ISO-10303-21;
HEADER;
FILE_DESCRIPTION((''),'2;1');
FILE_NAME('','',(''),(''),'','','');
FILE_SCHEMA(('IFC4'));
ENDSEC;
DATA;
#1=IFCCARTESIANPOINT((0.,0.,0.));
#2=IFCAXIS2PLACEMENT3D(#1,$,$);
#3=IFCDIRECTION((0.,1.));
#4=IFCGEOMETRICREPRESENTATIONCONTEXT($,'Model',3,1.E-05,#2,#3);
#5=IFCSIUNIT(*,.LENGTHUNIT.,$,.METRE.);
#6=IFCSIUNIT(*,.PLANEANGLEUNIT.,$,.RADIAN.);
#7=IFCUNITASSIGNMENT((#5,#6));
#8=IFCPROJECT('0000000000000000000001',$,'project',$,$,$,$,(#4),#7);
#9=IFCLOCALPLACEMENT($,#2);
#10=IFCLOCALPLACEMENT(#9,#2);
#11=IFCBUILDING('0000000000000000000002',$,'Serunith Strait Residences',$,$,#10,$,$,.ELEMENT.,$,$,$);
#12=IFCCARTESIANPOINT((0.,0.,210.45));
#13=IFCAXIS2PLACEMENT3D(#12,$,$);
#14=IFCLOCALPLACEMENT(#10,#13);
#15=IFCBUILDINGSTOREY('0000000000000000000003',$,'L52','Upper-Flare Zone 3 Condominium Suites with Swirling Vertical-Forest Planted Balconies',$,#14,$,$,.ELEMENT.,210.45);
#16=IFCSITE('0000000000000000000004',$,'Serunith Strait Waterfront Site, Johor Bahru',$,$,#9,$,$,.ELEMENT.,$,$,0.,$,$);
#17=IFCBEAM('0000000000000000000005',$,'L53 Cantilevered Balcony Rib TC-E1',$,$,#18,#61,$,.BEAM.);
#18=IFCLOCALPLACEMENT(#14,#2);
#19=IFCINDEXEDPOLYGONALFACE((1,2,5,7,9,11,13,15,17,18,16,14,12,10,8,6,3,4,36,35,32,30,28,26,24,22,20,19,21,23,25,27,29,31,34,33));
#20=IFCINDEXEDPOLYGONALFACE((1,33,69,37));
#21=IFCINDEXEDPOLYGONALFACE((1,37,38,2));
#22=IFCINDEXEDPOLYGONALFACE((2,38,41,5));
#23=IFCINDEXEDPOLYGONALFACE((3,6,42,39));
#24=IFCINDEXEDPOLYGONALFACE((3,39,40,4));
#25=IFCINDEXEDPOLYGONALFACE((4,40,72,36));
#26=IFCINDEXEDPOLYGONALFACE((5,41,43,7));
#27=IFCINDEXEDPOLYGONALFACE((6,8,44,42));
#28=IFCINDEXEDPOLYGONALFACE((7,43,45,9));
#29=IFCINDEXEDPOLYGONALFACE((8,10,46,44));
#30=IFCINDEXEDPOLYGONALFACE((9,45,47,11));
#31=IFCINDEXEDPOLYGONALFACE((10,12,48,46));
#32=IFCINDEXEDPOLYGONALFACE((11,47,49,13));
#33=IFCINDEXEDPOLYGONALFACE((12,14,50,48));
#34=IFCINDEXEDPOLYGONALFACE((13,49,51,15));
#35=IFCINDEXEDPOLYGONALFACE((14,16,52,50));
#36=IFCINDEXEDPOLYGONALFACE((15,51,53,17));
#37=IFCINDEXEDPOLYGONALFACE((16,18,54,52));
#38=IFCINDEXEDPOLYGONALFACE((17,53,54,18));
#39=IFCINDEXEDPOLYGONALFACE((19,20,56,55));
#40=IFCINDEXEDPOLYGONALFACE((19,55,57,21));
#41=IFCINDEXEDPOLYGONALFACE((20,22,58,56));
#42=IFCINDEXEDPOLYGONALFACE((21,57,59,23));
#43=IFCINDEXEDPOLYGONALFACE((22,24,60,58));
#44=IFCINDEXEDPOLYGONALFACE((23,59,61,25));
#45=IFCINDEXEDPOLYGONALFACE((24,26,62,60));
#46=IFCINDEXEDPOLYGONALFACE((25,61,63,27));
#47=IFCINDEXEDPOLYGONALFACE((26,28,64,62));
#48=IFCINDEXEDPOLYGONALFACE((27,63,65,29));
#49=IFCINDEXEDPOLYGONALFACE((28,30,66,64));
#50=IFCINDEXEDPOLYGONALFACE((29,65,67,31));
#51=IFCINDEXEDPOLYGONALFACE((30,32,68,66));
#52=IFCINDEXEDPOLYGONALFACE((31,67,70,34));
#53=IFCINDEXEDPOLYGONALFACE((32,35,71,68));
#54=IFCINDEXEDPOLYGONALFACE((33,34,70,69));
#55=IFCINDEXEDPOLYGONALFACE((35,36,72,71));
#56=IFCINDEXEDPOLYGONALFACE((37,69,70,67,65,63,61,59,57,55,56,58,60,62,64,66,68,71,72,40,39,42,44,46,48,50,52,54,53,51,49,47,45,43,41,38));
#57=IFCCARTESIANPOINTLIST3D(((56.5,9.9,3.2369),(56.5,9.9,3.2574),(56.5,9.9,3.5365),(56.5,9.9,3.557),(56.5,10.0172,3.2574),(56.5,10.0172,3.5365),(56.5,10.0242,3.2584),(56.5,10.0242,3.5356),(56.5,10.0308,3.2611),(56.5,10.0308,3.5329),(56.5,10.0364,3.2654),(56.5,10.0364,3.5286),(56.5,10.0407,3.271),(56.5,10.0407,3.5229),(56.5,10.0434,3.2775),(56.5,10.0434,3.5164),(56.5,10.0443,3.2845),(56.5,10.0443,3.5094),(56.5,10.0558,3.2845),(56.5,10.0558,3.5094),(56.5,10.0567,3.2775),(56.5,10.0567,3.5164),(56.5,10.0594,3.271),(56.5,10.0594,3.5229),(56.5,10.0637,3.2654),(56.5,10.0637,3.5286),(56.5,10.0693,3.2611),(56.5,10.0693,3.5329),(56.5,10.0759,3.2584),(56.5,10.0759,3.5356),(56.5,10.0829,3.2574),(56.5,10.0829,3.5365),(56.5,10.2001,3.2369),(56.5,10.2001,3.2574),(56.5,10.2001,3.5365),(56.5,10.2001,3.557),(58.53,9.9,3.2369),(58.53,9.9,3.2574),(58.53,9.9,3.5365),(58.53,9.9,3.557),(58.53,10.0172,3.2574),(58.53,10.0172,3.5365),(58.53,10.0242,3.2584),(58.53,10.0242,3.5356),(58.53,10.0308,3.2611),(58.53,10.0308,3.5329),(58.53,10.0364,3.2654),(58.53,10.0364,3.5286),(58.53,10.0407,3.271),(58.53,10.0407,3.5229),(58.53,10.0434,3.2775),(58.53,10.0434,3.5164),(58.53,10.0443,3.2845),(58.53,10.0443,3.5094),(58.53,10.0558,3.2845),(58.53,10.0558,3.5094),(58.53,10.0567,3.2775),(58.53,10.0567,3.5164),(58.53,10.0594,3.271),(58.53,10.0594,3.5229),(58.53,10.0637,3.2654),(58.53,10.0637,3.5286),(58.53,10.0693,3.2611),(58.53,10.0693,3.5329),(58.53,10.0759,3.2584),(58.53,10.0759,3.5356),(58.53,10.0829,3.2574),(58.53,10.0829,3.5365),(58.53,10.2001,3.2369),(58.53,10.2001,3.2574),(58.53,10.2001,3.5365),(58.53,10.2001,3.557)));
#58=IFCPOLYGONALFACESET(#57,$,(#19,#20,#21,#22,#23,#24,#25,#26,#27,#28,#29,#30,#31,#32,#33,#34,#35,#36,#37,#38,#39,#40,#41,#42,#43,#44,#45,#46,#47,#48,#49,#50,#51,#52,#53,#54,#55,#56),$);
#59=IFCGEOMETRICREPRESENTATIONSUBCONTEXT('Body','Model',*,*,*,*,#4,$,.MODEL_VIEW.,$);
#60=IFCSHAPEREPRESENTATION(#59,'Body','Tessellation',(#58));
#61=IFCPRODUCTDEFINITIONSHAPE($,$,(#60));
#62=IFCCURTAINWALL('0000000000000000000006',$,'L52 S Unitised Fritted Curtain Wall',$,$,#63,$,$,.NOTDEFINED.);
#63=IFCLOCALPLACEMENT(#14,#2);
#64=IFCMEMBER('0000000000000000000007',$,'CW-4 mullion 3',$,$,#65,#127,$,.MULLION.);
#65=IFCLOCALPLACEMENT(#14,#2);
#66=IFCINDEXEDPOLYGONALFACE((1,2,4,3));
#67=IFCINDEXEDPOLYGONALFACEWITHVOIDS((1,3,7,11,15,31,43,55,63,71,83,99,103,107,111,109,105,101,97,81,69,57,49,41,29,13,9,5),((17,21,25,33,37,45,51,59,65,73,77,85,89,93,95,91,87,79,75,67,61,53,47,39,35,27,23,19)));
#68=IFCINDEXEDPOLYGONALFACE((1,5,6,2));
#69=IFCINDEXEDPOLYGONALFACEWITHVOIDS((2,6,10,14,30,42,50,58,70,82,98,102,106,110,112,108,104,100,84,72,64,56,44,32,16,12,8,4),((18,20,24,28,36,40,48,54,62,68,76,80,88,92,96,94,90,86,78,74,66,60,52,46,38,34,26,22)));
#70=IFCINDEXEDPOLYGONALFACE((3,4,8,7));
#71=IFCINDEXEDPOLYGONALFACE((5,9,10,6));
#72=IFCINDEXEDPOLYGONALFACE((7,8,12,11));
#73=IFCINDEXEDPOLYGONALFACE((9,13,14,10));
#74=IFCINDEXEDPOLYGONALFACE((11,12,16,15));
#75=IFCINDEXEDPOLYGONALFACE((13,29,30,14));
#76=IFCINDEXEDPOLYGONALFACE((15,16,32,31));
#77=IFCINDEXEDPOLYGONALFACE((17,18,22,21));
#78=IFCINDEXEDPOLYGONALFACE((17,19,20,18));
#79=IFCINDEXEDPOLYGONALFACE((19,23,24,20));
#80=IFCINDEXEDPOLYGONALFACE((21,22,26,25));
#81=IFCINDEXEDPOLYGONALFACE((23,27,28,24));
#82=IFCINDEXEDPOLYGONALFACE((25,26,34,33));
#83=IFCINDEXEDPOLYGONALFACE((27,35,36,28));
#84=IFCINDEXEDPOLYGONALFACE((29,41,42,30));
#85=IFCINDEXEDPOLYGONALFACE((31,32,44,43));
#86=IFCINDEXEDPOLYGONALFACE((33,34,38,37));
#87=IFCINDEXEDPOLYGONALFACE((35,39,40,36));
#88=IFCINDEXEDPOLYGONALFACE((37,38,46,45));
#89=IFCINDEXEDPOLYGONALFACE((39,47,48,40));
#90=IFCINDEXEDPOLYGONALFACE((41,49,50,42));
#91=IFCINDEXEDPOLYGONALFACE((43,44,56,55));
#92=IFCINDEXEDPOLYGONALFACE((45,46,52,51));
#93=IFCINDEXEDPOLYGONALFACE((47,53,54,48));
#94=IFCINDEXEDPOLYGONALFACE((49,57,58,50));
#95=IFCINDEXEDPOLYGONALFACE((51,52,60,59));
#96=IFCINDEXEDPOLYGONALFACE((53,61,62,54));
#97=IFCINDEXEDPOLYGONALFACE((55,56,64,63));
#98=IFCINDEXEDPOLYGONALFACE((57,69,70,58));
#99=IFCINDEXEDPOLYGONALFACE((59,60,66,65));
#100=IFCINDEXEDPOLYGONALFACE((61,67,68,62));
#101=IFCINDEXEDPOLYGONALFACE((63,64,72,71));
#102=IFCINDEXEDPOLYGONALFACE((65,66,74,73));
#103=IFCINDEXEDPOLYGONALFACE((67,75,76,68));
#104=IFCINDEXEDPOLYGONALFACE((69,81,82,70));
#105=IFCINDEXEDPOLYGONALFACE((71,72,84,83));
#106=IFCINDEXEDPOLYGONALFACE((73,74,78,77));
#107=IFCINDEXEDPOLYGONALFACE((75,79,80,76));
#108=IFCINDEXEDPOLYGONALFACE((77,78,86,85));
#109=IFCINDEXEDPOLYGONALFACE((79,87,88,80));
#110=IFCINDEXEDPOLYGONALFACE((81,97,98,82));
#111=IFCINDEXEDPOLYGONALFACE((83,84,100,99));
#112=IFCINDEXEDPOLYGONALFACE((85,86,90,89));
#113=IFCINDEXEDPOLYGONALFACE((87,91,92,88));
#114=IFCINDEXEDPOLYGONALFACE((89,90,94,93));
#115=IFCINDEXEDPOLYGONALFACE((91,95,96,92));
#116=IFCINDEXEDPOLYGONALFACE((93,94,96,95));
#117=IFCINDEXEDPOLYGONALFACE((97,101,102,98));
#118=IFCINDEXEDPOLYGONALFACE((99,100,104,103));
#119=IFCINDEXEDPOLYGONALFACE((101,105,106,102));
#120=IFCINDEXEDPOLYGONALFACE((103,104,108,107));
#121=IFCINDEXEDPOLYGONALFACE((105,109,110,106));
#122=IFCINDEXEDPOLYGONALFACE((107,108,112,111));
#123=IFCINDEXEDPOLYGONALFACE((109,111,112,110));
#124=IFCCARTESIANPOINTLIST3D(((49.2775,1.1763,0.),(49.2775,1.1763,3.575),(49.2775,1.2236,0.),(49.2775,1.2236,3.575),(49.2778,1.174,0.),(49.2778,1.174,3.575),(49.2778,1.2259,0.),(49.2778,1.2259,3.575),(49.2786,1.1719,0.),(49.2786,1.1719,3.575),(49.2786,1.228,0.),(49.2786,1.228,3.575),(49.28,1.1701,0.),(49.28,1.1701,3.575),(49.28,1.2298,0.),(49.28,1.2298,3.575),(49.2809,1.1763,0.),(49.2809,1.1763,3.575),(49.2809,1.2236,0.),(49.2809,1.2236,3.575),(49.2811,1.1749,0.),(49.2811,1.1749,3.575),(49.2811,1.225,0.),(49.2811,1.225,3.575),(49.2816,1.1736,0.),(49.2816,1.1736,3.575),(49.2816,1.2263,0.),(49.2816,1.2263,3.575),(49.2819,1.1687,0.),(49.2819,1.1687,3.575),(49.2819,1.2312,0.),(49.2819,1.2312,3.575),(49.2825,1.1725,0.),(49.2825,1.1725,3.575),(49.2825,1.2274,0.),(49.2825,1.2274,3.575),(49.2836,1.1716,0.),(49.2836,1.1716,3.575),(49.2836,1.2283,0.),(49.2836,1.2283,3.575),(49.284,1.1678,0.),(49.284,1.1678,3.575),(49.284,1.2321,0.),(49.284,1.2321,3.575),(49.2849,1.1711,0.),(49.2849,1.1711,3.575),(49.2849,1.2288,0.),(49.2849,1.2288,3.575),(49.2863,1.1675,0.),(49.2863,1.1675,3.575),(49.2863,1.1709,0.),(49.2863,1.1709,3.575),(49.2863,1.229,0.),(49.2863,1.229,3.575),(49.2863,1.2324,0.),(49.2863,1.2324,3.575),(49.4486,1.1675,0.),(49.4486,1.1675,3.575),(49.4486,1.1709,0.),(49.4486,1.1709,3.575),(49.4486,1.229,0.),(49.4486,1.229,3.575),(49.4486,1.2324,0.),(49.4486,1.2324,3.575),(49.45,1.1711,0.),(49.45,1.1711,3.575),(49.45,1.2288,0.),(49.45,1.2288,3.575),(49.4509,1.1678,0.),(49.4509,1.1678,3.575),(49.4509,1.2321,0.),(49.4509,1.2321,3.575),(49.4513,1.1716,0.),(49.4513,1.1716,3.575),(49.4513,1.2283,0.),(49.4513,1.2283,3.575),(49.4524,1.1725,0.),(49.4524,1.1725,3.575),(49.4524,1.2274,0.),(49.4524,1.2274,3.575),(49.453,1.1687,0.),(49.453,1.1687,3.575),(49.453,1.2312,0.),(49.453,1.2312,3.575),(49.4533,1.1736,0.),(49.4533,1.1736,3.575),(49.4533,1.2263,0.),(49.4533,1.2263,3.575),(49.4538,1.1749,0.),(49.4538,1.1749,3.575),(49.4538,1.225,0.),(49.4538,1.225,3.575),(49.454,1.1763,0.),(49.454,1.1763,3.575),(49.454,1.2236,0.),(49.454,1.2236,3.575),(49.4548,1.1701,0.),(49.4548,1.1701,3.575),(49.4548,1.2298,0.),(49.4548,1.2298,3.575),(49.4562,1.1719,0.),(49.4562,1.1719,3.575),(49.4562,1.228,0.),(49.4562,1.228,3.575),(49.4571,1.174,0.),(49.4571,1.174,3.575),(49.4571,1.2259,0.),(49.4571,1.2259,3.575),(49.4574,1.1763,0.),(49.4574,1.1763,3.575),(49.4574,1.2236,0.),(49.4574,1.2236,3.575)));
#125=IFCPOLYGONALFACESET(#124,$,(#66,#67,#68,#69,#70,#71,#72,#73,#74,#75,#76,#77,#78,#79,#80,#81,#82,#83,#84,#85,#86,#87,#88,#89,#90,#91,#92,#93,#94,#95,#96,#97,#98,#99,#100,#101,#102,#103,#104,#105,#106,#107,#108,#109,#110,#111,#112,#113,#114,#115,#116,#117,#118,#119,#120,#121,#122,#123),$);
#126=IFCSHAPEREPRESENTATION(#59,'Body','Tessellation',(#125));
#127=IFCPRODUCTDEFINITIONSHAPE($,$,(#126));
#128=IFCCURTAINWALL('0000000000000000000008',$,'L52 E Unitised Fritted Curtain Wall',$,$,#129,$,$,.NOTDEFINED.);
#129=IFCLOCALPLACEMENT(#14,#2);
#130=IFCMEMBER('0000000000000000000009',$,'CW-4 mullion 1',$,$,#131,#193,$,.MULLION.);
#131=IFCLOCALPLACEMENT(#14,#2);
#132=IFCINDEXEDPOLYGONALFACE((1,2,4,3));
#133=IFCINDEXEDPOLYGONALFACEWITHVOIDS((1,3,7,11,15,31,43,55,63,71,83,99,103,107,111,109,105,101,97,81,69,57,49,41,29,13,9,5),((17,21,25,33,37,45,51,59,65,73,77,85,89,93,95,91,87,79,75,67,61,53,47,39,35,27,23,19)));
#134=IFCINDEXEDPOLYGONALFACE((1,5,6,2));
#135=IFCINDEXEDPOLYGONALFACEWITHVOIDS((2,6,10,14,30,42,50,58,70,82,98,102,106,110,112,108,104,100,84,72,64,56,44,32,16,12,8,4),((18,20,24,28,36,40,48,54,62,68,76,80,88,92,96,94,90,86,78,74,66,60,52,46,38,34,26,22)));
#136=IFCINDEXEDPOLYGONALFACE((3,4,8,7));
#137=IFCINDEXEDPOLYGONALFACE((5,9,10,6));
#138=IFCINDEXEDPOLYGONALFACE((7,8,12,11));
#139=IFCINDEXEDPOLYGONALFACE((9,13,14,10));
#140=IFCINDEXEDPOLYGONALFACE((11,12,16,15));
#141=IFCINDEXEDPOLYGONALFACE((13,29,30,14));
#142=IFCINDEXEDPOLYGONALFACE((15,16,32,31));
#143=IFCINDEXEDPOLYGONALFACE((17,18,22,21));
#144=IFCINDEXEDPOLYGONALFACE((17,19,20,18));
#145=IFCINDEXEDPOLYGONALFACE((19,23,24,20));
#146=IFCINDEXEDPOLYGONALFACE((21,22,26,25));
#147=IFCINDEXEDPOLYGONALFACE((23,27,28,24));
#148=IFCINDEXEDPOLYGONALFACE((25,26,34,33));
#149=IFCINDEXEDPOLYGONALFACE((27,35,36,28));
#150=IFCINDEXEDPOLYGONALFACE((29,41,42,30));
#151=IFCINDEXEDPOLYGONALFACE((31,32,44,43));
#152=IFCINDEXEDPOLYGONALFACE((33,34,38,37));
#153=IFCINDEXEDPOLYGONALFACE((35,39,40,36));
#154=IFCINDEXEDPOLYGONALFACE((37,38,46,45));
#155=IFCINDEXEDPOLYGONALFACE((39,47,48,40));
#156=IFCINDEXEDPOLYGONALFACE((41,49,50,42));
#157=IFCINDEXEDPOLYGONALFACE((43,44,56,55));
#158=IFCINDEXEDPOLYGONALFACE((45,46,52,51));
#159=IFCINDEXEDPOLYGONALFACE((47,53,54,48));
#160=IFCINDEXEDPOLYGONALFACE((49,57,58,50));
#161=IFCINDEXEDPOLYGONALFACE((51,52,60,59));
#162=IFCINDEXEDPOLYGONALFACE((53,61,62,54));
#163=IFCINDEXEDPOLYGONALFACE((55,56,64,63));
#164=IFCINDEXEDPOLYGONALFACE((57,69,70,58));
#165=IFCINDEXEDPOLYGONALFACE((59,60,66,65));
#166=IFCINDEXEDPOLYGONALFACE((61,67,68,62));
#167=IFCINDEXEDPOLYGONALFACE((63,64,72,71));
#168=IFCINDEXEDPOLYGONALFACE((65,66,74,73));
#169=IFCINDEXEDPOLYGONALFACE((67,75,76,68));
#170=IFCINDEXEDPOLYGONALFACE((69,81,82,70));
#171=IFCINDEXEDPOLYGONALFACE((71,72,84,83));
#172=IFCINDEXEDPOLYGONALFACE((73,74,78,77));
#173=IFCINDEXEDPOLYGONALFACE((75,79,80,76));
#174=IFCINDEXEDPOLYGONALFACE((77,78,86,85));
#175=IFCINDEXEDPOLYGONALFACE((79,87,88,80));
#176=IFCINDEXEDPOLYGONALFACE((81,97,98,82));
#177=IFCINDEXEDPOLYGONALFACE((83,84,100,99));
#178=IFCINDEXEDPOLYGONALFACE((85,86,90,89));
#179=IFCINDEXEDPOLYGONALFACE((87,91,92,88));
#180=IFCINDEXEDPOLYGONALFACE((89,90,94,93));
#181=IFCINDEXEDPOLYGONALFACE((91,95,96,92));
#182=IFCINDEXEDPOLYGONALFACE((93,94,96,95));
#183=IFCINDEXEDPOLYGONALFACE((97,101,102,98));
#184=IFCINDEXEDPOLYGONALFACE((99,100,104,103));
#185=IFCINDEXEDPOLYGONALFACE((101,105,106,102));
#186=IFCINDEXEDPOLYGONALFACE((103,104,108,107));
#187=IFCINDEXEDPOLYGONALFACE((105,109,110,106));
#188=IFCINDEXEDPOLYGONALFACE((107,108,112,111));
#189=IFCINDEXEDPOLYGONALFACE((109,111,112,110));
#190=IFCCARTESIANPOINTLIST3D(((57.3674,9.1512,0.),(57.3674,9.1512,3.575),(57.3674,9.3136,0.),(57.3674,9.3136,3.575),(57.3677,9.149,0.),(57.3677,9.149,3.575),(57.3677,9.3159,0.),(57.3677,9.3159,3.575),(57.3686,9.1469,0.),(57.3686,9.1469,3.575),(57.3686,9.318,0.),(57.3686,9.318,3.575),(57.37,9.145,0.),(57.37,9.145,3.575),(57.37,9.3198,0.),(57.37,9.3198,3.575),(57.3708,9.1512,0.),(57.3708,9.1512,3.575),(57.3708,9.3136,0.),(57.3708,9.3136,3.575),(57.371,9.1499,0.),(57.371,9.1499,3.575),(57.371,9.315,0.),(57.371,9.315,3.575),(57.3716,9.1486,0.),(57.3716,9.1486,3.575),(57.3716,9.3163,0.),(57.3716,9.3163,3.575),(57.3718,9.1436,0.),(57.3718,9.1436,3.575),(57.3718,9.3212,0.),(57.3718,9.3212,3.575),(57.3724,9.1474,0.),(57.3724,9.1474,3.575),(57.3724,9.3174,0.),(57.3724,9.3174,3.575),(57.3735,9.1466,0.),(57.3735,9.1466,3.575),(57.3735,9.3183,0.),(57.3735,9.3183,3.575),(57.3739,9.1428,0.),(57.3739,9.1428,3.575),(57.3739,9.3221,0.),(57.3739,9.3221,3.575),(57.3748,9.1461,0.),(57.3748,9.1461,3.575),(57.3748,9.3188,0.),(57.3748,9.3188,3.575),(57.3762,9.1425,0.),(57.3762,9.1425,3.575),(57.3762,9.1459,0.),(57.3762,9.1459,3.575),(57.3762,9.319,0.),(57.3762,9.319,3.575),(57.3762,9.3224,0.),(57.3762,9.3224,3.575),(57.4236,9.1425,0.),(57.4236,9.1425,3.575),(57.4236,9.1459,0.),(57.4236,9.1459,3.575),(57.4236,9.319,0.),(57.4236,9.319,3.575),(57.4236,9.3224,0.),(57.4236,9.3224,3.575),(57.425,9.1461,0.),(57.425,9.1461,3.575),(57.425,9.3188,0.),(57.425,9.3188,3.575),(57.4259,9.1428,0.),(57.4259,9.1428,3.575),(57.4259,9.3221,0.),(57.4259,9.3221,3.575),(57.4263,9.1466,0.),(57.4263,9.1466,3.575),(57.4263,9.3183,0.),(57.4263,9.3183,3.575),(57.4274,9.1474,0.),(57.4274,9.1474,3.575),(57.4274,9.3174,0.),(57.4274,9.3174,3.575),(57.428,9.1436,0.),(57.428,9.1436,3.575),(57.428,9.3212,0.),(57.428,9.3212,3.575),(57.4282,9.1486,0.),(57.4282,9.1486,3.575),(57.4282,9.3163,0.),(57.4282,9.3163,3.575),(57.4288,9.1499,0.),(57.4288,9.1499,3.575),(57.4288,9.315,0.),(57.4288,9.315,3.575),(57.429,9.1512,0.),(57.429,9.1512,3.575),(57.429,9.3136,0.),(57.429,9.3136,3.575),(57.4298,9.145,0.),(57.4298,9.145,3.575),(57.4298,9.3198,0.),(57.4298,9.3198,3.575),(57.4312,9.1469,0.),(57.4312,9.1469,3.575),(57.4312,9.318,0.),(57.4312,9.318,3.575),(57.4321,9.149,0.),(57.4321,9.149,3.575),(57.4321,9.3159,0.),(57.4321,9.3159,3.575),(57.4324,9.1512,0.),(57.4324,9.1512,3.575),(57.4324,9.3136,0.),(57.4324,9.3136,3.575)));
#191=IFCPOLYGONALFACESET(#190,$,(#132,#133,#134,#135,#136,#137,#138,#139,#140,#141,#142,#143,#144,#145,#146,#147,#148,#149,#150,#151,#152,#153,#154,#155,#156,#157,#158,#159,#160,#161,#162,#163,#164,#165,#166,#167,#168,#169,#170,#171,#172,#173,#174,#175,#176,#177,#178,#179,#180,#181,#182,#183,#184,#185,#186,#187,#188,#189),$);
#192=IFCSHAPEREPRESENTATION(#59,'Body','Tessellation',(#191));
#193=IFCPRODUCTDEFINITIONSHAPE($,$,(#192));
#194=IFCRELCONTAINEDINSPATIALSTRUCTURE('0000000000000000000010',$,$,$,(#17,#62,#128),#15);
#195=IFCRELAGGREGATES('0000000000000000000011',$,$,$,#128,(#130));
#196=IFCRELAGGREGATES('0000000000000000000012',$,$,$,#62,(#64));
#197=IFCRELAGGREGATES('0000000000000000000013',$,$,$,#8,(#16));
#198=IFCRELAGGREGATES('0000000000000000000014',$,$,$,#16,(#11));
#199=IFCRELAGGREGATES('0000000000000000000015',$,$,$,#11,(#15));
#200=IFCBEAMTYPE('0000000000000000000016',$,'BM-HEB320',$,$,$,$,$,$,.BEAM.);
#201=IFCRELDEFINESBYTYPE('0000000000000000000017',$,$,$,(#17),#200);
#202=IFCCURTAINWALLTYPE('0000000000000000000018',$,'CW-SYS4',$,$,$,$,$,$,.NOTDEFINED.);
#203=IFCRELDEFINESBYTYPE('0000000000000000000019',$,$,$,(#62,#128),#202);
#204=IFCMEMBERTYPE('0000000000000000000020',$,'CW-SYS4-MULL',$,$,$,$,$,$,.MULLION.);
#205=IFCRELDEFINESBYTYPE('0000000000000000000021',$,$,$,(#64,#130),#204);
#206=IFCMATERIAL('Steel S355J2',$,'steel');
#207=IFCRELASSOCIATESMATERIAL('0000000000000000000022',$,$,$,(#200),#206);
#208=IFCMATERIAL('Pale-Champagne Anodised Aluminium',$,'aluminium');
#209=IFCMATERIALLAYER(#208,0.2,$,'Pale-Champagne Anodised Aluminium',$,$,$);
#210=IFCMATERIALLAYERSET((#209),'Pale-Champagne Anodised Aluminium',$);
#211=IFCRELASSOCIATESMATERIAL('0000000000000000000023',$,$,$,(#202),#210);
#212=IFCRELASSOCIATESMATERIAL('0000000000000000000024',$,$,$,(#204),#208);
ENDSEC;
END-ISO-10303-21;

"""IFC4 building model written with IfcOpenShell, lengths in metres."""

from ifc_helpers import new_model, si_unit, direction, frame, origin, origin_2d, place, context, subcontext, project, spatial, hollow_rectangle, i_section, extrude, source, transform, mapped, material, layer, layer_set, material_profile, profile_set, type_object, element, aggregate, save


model = new_model("IFC4")

# Units and contexts
model_context = context("Model", 3, precision=1e-05, world=origin(), true_north=direction((0.0, 1.0)))
body_context = subcontext(model_context, "Body", "Model", "MODEL_VIEW")
ifc_project = project(units=[si_unit("LENGTHUNIT", "METRE"), si_unit("PLANEANGLEUNIT", "RADIAN")], contexts=[model_context])

# Site, building, storey
site_placement = place(None, origin())
site = spatial("IfcSite", under=ifc_project, at=site_placement, Name="Serunith Strait Waterfront Site, Johor Bahru", CompositionType="ELEMENT", RefElevation=0.0)
building_placement = place(site_placement, origin())
building = spatial("IfcBuilding", under=site, at=building_placement, Name="Serunith Strait Residences", CompositionType="ELEMENT")
storey_placement = place(building_placement, frame((0.0, 0.0, 210.45)))
storey = spatial("IfcBuildingStorey", under=building, at=storey_placement, Name="L52", Description="Upper-Flare Zone 3 Condominium Suites with Swirling Vertical-Forest Planted Balconies", CompositionType="ELEMENT", Elevation=210.45)

# Beam
ifc_material_1 = material(Name="Steel S355J2", Category="steel")
ifc_material_profile_1 = material_profile(ifc_material_1, i_section(OverallWidth=0.3, OverallDepth=0.3201, WebThickness=0.0115, FlangeThickness=0.0205, FilletRadius=0.0271, at=origin_2d()), Name="HEB 320")
ifc_profile_set_1 = profile_set([ifc_material_profile_1], Name="Steel S355J2")
beam_type_1 = type_object("IfcBeamType", Name="BM-HEB320", PredefinedType="BEAM", material=ifc_profile_set_1)
shared_shape_1 = source(origin(), body_context, "Body", "SweptSolid", [
    extrude(i_section(OverallWidth=0.3, OverallDepth=0.3201, WebThickness=0.0115, FlangeThickness=0.0205, FilletRadius=0.0271, at=origin_2d()), origin(), (0.0, 0.0, 1.0), 2.03),
])
beam_1_placement = place(storey_placement, frame((56.5, 10.05, 3.397), z_axis=(1.0, 0.0, 0.0), x_axis=(0.0, 1.0, 0.0)))
element("IfcBeam", 1, at=beam_1_placement, inside=storey, type_object=beam_type_1, Name="L53 Cantilevered Balcony Rib TC-E1", PredefinedType="BEAM", context=body_context, shape_type="MappedRepresentation", body=[
    mapped(shared_shape_1, transform((0.0, 0.0, 0.0), scale=1.0)),
])

# Curtain wall, member
ifc_material_2 = material(Name="Pale-Champagne Anodised Aluminium", Category="aluminium")
ifc_layer_1 = layer(ifc_material_2, 0.2, Name="Pale-Champagne Anodised Aluminium")
ifc_layer_set_1 = layer_set([ifc_layer_1], Name="Pale-Champagne Anodised Aluminium")
curtain_wall_type = type_object("IfcCurtainWallType", Name="CW-SYS4", PredefinedType="NOTDEFINED", material=ifc_layer_set_1)
curtain_wall_1_placement = place(storey_placement, origin())
curtain_wall_1 = element("IfcCurtainWall", 2, at=curtain_wall_1_placement, inside=storey, type_object=curtain_wall_type, Name="L52 S Unitised Fritted Curtain Wall", PredefinedType="NOTDEFINED")
ifc_material_profile_2 = material_profile(ifc_material_2, hollow_rectangle(XDim=0.0649, YDim=0.1799, WallThickness=0.0034, InnerFilletRadius=0.0054, OuterFilletRadius=0.0088, at=origin_2d()), Name="ALU 180x65x3.5")
ifc_profile_set_2 = profile_set([ifc_material_profile_2], Name="Pale-Champagne Anodised Aluminium")
member_type_1 = type_object("IfcMemberType", Name="CW-SYS4-MULL", PredefinedType="MULLION", material=ifc_profile_set_2)
shared_shape_2 = source(origin(), body_context, "Body", "SweptSolid", [
    extrude(hollow_rectangle(XDim=0.0649, YDim=0.1799, WallThickness=0.0034, InnerFilletRadius=0.0054, OuterFilletRadius=0.0088, at=origin_2d()), origin(), (0.0, 0.0, 1.0), 3.575),
])
member_1_placement = place(storey_placement, frame((49.3674, 1.2, 0.0), z_axis=(0.0, 0.0, 1.0), x_axis=(0.0, 1.0, 0.0)))
member_1 = element("IfcMember", 3, at=member_1_placement, type_object=member_type_1, Name="CW-4 mullion 3", PredefinedType="MULLION", context=body_context, shape_type="MappedRepresentation", body=[
    mapped(shared_shape_2, transform((0.0, 0.0, 0.0), scale=1.0)),
])

# Curtain wall, member
curtain_wall_2_placement = place(storey_placement, origin())
curtain_wall_2 = element("IfcCurtainWall", 4, at=curtain_wall_2_placement, inside=storey, type_object=curtain_wall_type, Name="L52 E Unitised Fritted Curtain Wall", PredefinedType="NOTDEFINED")
member_2_placement = place(storey_placement, frame((57.3999, 9.2324, 0.0), z_axis=(0.0, 0.0, 1.0), x_axis=(-1.0, 0.0, 0.0)))
member_2 = element("IfcMember", 5, at=member_2_placement, type_object=member_type_1, Name="CW-4 mullion 1", PredefinedType="MULLION", context=body_context, shape_type="MappedRepresentation", body=[
    mapped(shared_shape_2, transform((0.0, 0.0, 0.0), scale=1.0)),
])
aggregate(curtain_wall_2, [member_2])

aggregate(curtain_wall_1, [member_1])

save(model, "model.ifc")
